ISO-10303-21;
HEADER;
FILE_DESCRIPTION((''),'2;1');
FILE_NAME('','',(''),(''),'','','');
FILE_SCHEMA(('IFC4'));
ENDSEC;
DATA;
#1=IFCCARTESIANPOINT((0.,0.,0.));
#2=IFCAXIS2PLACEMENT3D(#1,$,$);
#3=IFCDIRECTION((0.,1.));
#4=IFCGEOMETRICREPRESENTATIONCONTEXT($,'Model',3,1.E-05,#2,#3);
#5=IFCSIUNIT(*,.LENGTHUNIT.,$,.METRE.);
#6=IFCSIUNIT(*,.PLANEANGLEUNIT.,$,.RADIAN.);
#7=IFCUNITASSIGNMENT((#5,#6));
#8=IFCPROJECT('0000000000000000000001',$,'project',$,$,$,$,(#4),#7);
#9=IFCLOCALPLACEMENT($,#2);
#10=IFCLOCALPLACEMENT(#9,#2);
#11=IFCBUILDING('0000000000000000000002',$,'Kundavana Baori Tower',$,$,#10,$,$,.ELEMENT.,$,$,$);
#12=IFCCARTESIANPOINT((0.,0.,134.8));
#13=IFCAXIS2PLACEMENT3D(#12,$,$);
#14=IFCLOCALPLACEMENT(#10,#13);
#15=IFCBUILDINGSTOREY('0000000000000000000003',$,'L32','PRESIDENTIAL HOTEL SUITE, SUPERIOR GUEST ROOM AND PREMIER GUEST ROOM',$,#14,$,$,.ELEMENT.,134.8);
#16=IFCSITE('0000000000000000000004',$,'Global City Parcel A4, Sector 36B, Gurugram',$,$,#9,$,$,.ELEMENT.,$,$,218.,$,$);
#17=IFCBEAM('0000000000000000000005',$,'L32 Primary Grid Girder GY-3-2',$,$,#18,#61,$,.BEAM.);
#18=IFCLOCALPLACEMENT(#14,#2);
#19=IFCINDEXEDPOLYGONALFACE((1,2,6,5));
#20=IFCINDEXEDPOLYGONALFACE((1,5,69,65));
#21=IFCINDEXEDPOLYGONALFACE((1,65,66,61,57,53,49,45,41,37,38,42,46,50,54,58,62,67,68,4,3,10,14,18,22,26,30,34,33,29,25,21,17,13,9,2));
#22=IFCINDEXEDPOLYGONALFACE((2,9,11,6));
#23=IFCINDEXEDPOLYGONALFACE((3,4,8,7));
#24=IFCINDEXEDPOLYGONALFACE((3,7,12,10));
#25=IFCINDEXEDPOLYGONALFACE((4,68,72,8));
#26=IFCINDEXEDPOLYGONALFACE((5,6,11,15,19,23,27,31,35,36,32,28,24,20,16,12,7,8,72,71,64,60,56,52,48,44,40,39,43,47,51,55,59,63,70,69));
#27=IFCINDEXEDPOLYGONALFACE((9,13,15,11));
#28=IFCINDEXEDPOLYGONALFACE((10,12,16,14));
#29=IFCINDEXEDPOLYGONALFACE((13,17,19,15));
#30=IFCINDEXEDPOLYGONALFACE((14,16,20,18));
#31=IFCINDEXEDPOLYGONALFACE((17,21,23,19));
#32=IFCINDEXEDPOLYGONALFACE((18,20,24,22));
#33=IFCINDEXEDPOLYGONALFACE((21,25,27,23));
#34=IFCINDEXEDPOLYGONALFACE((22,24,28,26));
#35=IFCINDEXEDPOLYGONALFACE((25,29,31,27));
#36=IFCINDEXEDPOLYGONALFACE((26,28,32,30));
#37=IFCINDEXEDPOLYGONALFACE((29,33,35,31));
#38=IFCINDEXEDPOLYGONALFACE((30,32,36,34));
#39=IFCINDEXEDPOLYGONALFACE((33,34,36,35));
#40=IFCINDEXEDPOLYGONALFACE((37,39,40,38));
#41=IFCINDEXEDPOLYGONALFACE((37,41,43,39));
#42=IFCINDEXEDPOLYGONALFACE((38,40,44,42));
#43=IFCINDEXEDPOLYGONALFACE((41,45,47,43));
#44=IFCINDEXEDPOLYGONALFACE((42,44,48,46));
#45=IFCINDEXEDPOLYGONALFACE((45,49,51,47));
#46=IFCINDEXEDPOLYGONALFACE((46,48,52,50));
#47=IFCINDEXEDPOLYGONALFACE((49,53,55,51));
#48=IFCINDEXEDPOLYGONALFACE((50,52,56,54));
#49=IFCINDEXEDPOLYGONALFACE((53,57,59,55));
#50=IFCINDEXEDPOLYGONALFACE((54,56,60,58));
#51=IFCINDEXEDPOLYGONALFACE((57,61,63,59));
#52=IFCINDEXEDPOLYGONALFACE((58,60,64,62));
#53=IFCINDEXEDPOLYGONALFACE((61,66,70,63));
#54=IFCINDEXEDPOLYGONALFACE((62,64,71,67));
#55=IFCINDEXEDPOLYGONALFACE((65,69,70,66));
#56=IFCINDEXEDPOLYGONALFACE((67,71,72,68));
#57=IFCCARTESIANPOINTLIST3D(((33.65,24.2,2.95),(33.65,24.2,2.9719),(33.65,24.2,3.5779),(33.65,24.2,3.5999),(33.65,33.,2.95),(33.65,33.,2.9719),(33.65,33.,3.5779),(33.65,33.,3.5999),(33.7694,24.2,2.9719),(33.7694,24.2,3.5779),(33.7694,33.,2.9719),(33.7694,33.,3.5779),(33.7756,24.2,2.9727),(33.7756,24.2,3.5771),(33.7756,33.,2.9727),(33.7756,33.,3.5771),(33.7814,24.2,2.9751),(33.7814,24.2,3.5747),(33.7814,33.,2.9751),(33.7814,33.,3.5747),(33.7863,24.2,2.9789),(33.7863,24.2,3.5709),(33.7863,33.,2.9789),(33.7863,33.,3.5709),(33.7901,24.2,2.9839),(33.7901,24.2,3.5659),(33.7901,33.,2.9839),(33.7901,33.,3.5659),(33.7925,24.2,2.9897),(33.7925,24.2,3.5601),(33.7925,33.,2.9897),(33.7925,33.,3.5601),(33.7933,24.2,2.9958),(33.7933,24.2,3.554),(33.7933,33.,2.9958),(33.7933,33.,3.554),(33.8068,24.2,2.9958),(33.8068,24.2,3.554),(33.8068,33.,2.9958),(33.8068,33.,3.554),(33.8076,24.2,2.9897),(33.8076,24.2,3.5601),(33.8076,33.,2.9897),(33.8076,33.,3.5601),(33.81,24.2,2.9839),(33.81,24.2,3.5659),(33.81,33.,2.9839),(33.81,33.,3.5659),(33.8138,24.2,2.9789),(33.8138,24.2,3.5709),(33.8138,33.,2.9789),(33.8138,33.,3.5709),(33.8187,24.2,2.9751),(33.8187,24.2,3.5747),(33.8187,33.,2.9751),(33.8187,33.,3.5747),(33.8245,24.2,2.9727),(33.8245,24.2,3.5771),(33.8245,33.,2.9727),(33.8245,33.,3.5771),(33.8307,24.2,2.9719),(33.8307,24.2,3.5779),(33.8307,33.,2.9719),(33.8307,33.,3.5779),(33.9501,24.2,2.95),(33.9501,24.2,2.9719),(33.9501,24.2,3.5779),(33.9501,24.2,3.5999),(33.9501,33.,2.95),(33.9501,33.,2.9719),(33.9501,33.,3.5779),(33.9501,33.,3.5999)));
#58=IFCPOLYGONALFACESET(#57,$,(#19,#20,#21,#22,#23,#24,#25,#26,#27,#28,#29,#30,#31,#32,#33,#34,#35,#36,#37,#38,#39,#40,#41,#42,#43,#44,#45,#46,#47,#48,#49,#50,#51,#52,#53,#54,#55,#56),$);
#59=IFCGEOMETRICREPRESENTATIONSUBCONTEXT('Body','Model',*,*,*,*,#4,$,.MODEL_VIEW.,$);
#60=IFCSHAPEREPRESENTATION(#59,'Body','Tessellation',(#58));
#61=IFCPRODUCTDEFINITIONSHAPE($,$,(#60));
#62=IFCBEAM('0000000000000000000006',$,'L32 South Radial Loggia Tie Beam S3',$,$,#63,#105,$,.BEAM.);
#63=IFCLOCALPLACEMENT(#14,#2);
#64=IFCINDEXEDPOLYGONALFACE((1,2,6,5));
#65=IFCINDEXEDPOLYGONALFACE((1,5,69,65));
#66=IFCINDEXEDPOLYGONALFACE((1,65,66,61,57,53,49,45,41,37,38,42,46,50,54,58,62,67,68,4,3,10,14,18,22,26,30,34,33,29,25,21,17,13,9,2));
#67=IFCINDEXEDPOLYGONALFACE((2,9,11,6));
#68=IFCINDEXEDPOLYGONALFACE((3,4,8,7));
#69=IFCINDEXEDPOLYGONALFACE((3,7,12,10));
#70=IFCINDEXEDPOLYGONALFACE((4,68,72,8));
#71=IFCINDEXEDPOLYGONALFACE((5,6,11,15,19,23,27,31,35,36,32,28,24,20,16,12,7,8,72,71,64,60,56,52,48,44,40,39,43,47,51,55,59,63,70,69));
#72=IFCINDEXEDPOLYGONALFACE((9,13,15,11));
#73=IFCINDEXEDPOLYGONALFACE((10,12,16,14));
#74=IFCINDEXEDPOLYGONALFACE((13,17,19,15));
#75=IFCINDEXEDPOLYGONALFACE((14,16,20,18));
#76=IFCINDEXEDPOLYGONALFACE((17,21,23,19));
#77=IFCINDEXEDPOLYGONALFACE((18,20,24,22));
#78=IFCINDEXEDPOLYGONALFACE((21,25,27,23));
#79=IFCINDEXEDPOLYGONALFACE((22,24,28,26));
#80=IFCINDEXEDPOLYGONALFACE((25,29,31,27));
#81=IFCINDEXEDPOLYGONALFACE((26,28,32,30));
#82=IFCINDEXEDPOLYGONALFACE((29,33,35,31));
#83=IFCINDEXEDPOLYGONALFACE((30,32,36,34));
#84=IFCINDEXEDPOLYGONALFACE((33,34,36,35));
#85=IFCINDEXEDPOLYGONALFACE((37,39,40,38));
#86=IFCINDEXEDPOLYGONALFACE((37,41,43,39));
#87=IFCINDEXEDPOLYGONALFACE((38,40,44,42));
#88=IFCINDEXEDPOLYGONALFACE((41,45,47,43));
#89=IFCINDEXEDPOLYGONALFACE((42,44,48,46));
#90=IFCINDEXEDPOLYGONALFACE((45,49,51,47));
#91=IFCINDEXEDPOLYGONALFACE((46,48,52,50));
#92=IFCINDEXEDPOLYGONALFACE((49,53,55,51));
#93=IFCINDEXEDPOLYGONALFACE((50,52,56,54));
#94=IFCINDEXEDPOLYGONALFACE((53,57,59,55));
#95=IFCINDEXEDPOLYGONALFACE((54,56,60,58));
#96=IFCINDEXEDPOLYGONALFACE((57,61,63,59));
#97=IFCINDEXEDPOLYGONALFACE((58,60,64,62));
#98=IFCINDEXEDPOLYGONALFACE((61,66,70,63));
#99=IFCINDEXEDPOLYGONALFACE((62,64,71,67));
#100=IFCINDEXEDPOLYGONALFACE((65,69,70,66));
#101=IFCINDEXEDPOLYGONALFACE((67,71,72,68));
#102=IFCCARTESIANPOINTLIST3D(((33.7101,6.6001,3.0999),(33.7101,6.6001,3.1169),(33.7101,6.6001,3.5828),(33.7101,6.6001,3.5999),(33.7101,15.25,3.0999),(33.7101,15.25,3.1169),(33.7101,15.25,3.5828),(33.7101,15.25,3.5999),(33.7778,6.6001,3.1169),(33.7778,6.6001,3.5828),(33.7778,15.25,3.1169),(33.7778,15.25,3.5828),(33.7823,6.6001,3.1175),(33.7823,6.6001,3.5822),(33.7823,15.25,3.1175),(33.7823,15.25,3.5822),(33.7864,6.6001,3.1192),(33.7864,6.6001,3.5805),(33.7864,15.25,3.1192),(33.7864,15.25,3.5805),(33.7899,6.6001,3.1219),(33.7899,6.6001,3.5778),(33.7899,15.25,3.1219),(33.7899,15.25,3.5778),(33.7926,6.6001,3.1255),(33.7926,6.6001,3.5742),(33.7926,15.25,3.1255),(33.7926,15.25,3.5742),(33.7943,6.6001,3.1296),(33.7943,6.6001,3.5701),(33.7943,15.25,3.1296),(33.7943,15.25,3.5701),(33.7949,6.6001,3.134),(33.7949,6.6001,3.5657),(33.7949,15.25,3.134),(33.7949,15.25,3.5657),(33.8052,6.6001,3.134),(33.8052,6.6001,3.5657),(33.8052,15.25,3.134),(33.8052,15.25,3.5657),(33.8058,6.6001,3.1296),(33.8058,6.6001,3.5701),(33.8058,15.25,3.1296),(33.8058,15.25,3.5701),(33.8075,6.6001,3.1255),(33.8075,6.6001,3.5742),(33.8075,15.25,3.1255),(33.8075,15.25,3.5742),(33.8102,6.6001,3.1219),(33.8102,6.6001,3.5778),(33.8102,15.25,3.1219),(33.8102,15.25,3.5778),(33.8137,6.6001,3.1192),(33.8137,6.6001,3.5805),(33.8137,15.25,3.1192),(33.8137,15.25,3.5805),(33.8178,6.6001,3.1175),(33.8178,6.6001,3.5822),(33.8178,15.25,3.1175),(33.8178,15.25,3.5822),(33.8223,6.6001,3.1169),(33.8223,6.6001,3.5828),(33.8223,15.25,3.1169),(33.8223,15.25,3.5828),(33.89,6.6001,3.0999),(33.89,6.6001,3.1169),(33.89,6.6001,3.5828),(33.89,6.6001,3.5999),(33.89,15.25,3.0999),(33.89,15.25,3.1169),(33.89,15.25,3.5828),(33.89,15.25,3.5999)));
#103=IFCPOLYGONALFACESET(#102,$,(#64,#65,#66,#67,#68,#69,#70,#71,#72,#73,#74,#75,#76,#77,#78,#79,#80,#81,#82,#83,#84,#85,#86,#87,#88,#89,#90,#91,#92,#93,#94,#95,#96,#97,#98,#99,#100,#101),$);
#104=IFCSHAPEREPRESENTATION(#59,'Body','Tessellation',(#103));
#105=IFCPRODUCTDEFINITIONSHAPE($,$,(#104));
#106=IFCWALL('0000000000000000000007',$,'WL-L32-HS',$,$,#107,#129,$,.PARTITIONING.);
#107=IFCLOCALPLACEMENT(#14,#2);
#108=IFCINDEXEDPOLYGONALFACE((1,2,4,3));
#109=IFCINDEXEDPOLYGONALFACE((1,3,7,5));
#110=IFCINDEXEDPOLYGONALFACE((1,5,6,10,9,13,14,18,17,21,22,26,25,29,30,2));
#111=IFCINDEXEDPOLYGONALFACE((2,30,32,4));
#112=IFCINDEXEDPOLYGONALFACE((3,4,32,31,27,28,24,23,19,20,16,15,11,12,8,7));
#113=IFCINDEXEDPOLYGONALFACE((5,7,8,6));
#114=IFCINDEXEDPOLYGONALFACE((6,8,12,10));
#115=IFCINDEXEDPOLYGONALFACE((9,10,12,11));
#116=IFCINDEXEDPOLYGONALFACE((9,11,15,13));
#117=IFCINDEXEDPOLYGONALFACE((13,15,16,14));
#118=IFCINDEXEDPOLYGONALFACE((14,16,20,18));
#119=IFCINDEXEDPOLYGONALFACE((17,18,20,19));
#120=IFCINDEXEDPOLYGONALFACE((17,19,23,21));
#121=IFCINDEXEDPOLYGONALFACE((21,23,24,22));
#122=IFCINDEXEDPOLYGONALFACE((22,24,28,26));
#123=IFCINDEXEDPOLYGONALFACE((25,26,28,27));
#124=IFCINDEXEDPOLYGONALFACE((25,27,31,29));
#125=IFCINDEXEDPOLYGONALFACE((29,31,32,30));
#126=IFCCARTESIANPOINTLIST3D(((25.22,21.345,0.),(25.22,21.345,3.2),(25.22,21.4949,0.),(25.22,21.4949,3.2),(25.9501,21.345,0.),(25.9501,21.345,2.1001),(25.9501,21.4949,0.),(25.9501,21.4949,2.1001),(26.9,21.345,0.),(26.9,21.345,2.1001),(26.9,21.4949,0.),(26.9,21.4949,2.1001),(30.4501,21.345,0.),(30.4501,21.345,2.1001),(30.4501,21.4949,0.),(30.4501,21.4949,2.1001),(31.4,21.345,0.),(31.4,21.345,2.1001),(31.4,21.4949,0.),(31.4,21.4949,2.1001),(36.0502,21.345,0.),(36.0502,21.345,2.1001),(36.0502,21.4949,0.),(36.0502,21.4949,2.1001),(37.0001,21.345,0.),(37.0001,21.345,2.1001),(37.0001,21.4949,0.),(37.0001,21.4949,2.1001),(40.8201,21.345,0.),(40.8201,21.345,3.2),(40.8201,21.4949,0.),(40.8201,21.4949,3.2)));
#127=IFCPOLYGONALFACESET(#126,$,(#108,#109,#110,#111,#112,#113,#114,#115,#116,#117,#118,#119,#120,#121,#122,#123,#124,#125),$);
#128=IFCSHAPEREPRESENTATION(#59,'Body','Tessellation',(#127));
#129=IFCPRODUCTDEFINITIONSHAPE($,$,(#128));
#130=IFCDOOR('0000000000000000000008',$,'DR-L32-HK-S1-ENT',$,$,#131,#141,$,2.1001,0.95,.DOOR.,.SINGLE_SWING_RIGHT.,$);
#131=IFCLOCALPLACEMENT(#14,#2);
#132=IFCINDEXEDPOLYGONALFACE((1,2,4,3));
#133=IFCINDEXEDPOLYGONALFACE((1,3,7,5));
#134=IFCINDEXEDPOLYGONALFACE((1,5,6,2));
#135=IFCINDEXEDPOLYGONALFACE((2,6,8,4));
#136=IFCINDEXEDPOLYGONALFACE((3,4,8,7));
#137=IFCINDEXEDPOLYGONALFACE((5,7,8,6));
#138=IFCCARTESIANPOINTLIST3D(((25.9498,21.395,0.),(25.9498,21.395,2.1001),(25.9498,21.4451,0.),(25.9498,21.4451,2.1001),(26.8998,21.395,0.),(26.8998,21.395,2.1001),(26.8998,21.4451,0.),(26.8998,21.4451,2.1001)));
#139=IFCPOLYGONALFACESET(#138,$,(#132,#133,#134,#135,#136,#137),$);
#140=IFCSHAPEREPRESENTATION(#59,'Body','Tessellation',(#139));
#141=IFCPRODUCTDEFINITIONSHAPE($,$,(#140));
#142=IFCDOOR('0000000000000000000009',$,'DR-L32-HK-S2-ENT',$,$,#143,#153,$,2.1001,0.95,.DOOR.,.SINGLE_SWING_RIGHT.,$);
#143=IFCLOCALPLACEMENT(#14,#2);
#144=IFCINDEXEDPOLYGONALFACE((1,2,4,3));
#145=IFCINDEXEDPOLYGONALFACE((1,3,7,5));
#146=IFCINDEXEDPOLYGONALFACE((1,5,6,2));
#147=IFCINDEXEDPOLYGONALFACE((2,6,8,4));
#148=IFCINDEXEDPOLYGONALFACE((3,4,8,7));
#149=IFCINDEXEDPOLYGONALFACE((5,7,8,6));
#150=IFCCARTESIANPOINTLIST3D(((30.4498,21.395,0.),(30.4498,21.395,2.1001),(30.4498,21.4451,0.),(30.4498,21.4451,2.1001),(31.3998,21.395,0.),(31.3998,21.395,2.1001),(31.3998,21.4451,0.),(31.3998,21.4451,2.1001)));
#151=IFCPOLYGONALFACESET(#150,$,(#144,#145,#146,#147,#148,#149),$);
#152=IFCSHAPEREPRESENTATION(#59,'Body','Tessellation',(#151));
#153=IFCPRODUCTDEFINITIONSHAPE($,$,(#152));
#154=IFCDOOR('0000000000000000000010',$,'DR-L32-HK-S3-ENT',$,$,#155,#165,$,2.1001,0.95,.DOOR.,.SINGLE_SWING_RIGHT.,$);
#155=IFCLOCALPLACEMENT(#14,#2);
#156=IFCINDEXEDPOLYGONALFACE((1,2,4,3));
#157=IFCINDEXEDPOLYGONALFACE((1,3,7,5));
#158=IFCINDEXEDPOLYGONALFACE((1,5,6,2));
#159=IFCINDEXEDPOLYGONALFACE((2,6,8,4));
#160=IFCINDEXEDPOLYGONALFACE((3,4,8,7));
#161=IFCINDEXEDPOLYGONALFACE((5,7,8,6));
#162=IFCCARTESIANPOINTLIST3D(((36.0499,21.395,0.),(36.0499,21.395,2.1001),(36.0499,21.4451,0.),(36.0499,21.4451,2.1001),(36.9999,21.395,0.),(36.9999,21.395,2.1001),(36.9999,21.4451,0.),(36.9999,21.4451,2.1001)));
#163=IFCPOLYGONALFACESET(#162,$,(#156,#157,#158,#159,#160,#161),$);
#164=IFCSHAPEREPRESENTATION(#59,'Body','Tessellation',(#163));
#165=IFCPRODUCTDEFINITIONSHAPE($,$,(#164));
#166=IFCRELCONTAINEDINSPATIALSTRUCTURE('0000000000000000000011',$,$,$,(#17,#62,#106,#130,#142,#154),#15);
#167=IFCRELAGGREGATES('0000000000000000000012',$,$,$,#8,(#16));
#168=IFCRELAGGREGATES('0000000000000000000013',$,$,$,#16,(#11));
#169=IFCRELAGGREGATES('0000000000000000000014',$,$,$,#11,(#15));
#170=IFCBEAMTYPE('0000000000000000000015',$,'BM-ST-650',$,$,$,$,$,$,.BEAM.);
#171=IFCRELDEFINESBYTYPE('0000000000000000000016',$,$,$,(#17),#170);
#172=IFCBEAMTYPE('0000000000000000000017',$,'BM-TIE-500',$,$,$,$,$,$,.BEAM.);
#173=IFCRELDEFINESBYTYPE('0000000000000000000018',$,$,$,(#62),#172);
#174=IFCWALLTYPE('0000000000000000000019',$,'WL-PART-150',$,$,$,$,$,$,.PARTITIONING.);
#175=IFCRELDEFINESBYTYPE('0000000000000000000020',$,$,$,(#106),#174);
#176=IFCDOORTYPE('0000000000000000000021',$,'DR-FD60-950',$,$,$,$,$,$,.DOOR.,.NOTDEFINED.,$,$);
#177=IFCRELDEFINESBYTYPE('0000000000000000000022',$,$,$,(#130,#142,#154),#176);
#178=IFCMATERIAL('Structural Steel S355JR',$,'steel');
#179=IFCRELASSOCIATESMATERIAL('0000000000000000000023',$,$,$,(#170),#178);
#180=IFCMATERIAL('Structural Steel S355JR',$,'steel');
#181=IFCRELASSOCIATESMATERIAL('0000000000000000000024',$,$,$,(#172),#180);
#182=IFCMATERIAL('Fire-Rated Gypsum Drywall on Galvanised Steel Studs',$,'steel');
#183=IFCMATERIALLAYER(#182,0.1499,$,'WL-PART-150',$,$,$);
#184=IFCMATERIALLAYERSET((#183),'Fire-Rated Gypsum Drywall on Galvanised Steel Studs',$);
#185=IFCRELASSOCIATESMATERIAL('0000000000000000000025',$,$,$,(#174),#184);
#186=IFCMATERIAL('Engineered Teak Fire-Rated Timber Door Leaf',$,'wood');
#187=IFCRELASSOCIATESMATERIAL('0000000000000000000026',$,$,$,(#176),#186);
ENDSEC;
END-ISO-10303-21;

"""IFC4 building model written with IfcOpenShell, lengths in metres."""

from ifc_helpers import new_model, si_unit, direction, frame, frame_2d, origin, origin_2d, place, context, subcontext, project, spatial, rectangle, i_section, extrude, material, layer, layer_set, material_profile, profile_set, type_object, element, fill, save


model = new_model("IFC4")

# Units and contexts
model_context = context("Model", 3, precision=1e-05, world=origin(), true_north=direction((0.0, 1.0)))
body_context = subcontext(model_context, "Body", "Model", "MODEL_VIEW")
ifc_project = project(units=[si_unit("LENGTHUNIT", "METRE"), si_unit("PLANEANGLEUNIT", "RADIAN")], contexts=[model_context])

# Site, building, storey
site_placement = place(None, origin())
site = spatial("IfcSite", under=ifc_project, at=site_placement, Name="Global City Parcel A4, Sector 36B, Gurugram", CompositionType="ELEMENT", RefElevation=218.0)
building_placement = place(site_placement, origin())
building = spatial("IfcBuilding", under=site, at=building_placement, Name="Kundavana Baori Tower", CompositionType="ELEMENT")
storey_placement = place(building_placement, frame((0.0, 0.0, 134.8)))
storey = spatial("IfcBuildingStorey", under=building, at=storey_placement, Name="L32", Description="PRESIDENTIAL HOTEL SUITE, SUPERIOR GUEST ROOM AND PREMIER GUEST ROOM", CompositionType="ELEMENT", Elevation=134.8)

# Beams
ifc_material_1 = material(Name="Structural Steel S355JR", Category="steel")
ifc_material_profile_1 = material_profile(ifc_material_1, i_section(OverallWidth=0.3, OverallDepth=0.6499, WebThickness=0.0134, FlangeThickness=0.022, FilletRadius=0.0239, at=origin_2d()), Name="NPB 650x300x155")
ifc_profile_set_1 = profile_set([ifc_material_profile_1], Name="Structural Steel S355JR")
beam_type_1 = type_object("IfcBeamType", Name="BM-ST-650", PredefinedType="BEAM", material=ifc_profile_set_1)
beam_1_placement = place(storey_placement, frame((33.8, 24.2, 3.2749), z_axis=(0.0, 1.0, 0.0), x_axis=(-1.0, 0.0, 0.0)))
element("IfcBeam", 1, at=beam_1_placement, inside=storey, type_object=beam_type_1, Name="L32 Primary Grid Girder GY-3-2", PredefinedType="BEAM", context=body_context, shape_type="SweptSolid", body=[
    extrude(i_section(OverallWidth=0.3, OverallDepth=0.6499, WebThickness=0.0134, FlangeThickness=0.022, FilletRadius=0.0239, at=origin_2d()), origin(), (0.0, 0.0, 1.0), 8.8),
])
ifc_material_2 = material(Name="Structural Steel S355JR", Category="steel")
ifc_material_profile_2 = material_profile(ifc_material_2, i_section(OverallWidth=0.1799, OverallDepth=0.5, WebThickness=0.0103, FlangeThickness=0.0171, FilletRadius=0.0171, at=origin_2d()), Name="ISMB 500")
ifc_profile_set_2 = profile_set([ifc_material_profile_2], Name="Structural Steel S355JR")
beam_type_2 = type_object("IfcBeamType", Name="BM-TIE-500", PredefinedType="BEAM", material=ifc_profile_set_2)
beam_2_placement = place(storey_placement, frame((33.8, 15.25, 3.3499), z_axis=(0.0, -1.0, 0.0), x_axis=(1.0, 0.0, 0.0)))
element("IfcBeam", 2, at=beam_2_placement, inside=storey, type_object=beam_type_2, Name="L32 South Radial Loggia Tie Beam S3", PredefinedType="BEAM", context=body_context, shape_type="SweptSolid", body=[
    extrude(i_section(OverallWidth=0.1799, OverallDepth=0.5, WebThickness=0.0103, FlangeThickness=0.0171, FilletRadius=0.0171, at=origin_2d()), origin(), (0.0, 0.0, 1.0), 8.6499),
])

# Wall, openings, doors
ifc_material_3 = material(Name="Fire-Rated Gypsum Drywall on Galvanised Steel Studs", Category="steel")
ifc_layer = layer(ifc_material_3, 0.1499, Name="WL-PART-150")
ifc_layer_set = layer_set([ifc_layer], Name="Fire-Rated Gypsum Drywall on Galvanised Steel Studs")
wall_type = type_object("IfcWallType", Name="WL-PART-150", PredefinedType="PARTITIONING", material=ifc_layer_set)
wall_1_placement = place(storey_placement, frame((25.22, 21.4199, 0.0), z_axis=(0.0, 0.0, 1.0), x_axis=(1.0, 0.0, 0.0)))
wall_1 = element("IfcWall", 3, at=wall_1_placement, inside=storey, type_object=wall_type, Name="WL-L32-HS", PredefinedType="PARTITIONING", context=body_context, shape_type="SweptSolid", body=[
    extrude(rectangle(XDim=15.6001, YDim=0.1499, at=frame_2d((7.8, 0.0))), origin(), (0.0, 0.0, 1.0), 3.2),
])
opening_1_placement = place(wall_1_placement, frame((0.73, 0.0, 0.0)))
opening_1 = element("IfcOpeningElement", 4, at=opening_1_placement, cuts=wall_1, PredefinedType="OPENING", context=body_context, shape_type="SweptSolid", body=[
    extrude(rectangle(XDim=0.95, YDim=2.1001, at=frame_2d((0.4751, 1.05))), frame((0.0, 0.085, 0.0), z_axis=(0.0, -1.0, 0.0), x_axis=(1.0, 0.0, 0.0)), (0.0, 0.0, 1.0), 0.1699),
])
opening_2_placement = place(wall_1_placement, frame((5.23, 0.0, 0.0)))
opening_2 = element("IfcOpeningElement", 5, at=opening_2_placement, cuts=wall_1, PredefinedType="OPENING", context=body_context, shape_type="SweptSolid", body=[
    extrude(rectangle(XDim=0.95, YDim=2.1001, at=frame_2d((0.4751, 1.05))), frame((0.0, 0.085, 0.0), z_axis=(0.0, -1.0, 0.0), x_axis=(1.0, 0.0, 0.0)), (0.0, 0.0, 1.0), 0.1699),
])
opening_3_placement = place(wall_1_placement, frame((10.8301, 0.0, 0.0)))
opening_3 = element("IfcOpeningElement", 6, at=opening_3_placement, cuts=wall_1, PredefinedType="OPENING", context=body_context, shape_type="SweptSolid", body=[
    extrude(rectangle(XDim=0.95, YDim=2.1001, at=frame_2d((0.4751, 1.05))), frame((0.0, 0.085, 0.0), z_axis=(0.0, -1.0, 0.0), x_axis=(1.0, 0.0, 0.0)), (0.0, 0.0, 1.0), 0.1699),
])
ifc_material_4 = material(Name="Engineered Teak Fire-Rated Timber Door Leaf", Category="wood")
door_type_1 = type_object("IfcDoorType", Name="DR-FD60-950", OperationType="NOTDEFINED", PredefinedType="DOOR", material=ifc_material_4)
door_1_placement = place(opening_1_placement, frame((0.95, 0.0, 0.0), z_axis=(0.0, 0.0, 1.0), x_axis=(-1.0, 0.0, 0.0)))
door_1 = element("IfcDoor", 7, at=door_1_placement, inside=storey, type_object=door_type_1, Name="DR-L32-HK-S1-ENT", OperationType="SINGLE_SWING_RIGHT", OverallHeight=2.1001, OverallWidth=0.95, PredefinedType="DOOR", context=body_context, shape_type="SweptSolid", body=[
    extrude(rectangle(XDim=0.95, YDim=2.1001, at=frame_2d((0.4751, 1.05))), frame((0.0, 0.0249, 0.0), z_axis=(0.0, -1.0, 0.0), x_axis=(1.0, 0.0, 0.0)), (0.0, 0.0, 1.0), 0.05),
])
fill(opening_1, door_1)
door_2_placement = place(opening_2_placement, frame((0.95, 0.0, 0.0), z_axis=(0.0, 0.0, 1.0), x_axis=(-1.0, 0.0, 0.0)))
door_2 = element("IfcDoor", 8, at=door_2_placement, inside=storey, type_object=door_type_1, Name="DR-L32-HK-S2-ENT", OperationType="SINGLE_SWING_RIGHT", OverallHeight=2.1001, OverallWidth=0.95, PredefinedType="DOOR", context=body_context, shape_type="SweptSolid", body=[
    extrude(rectangle(XDim=0.95, YDim=2.1001, at=frame_2d((0.4751, 1.05))), frame((0.0, 0.0249, 0.0), z_axis=(0.0, -1.0, 0.0), x_axis=(1.0, 0.0, 0.0)), (0.0, 0.0, 1.0), 0.05),
])
fill(opening_2, door_2)
door_3_placement = place(opening_3_placement, frame((0.95, 0.0, 0.0), z_axis=(0.0, 0.0, 1.0), x_axis=(-1.0, 0.0, 0.0)))
door_3 = element("IfcDoor", 9, at=door_3_placement, inside=storey, type_object=door_type_1, Name="DR-L32-HK-S3-ENT", OperationType="SINGLE_SWING_RIGHT", OverallHeight=2.1001, OverallWidth=0.95, PredefinedType="DOOR", context=body_context, shape_type="SweptSolid", body=[
    extrude(rectangle(XDim=0.95, YDim=2.1001, at=frame_2d((0.4751, 1.05))), frame((0.0, 0.0249, 0.0), z_axis=(0.0, -1.0, 0.0), x_axis=(1.0, 0.0, 0.0)), (0.0, 0.0, 1.0), 0.05),
])
fill(opening_3, door_3)

save(model, "model.ifc")
